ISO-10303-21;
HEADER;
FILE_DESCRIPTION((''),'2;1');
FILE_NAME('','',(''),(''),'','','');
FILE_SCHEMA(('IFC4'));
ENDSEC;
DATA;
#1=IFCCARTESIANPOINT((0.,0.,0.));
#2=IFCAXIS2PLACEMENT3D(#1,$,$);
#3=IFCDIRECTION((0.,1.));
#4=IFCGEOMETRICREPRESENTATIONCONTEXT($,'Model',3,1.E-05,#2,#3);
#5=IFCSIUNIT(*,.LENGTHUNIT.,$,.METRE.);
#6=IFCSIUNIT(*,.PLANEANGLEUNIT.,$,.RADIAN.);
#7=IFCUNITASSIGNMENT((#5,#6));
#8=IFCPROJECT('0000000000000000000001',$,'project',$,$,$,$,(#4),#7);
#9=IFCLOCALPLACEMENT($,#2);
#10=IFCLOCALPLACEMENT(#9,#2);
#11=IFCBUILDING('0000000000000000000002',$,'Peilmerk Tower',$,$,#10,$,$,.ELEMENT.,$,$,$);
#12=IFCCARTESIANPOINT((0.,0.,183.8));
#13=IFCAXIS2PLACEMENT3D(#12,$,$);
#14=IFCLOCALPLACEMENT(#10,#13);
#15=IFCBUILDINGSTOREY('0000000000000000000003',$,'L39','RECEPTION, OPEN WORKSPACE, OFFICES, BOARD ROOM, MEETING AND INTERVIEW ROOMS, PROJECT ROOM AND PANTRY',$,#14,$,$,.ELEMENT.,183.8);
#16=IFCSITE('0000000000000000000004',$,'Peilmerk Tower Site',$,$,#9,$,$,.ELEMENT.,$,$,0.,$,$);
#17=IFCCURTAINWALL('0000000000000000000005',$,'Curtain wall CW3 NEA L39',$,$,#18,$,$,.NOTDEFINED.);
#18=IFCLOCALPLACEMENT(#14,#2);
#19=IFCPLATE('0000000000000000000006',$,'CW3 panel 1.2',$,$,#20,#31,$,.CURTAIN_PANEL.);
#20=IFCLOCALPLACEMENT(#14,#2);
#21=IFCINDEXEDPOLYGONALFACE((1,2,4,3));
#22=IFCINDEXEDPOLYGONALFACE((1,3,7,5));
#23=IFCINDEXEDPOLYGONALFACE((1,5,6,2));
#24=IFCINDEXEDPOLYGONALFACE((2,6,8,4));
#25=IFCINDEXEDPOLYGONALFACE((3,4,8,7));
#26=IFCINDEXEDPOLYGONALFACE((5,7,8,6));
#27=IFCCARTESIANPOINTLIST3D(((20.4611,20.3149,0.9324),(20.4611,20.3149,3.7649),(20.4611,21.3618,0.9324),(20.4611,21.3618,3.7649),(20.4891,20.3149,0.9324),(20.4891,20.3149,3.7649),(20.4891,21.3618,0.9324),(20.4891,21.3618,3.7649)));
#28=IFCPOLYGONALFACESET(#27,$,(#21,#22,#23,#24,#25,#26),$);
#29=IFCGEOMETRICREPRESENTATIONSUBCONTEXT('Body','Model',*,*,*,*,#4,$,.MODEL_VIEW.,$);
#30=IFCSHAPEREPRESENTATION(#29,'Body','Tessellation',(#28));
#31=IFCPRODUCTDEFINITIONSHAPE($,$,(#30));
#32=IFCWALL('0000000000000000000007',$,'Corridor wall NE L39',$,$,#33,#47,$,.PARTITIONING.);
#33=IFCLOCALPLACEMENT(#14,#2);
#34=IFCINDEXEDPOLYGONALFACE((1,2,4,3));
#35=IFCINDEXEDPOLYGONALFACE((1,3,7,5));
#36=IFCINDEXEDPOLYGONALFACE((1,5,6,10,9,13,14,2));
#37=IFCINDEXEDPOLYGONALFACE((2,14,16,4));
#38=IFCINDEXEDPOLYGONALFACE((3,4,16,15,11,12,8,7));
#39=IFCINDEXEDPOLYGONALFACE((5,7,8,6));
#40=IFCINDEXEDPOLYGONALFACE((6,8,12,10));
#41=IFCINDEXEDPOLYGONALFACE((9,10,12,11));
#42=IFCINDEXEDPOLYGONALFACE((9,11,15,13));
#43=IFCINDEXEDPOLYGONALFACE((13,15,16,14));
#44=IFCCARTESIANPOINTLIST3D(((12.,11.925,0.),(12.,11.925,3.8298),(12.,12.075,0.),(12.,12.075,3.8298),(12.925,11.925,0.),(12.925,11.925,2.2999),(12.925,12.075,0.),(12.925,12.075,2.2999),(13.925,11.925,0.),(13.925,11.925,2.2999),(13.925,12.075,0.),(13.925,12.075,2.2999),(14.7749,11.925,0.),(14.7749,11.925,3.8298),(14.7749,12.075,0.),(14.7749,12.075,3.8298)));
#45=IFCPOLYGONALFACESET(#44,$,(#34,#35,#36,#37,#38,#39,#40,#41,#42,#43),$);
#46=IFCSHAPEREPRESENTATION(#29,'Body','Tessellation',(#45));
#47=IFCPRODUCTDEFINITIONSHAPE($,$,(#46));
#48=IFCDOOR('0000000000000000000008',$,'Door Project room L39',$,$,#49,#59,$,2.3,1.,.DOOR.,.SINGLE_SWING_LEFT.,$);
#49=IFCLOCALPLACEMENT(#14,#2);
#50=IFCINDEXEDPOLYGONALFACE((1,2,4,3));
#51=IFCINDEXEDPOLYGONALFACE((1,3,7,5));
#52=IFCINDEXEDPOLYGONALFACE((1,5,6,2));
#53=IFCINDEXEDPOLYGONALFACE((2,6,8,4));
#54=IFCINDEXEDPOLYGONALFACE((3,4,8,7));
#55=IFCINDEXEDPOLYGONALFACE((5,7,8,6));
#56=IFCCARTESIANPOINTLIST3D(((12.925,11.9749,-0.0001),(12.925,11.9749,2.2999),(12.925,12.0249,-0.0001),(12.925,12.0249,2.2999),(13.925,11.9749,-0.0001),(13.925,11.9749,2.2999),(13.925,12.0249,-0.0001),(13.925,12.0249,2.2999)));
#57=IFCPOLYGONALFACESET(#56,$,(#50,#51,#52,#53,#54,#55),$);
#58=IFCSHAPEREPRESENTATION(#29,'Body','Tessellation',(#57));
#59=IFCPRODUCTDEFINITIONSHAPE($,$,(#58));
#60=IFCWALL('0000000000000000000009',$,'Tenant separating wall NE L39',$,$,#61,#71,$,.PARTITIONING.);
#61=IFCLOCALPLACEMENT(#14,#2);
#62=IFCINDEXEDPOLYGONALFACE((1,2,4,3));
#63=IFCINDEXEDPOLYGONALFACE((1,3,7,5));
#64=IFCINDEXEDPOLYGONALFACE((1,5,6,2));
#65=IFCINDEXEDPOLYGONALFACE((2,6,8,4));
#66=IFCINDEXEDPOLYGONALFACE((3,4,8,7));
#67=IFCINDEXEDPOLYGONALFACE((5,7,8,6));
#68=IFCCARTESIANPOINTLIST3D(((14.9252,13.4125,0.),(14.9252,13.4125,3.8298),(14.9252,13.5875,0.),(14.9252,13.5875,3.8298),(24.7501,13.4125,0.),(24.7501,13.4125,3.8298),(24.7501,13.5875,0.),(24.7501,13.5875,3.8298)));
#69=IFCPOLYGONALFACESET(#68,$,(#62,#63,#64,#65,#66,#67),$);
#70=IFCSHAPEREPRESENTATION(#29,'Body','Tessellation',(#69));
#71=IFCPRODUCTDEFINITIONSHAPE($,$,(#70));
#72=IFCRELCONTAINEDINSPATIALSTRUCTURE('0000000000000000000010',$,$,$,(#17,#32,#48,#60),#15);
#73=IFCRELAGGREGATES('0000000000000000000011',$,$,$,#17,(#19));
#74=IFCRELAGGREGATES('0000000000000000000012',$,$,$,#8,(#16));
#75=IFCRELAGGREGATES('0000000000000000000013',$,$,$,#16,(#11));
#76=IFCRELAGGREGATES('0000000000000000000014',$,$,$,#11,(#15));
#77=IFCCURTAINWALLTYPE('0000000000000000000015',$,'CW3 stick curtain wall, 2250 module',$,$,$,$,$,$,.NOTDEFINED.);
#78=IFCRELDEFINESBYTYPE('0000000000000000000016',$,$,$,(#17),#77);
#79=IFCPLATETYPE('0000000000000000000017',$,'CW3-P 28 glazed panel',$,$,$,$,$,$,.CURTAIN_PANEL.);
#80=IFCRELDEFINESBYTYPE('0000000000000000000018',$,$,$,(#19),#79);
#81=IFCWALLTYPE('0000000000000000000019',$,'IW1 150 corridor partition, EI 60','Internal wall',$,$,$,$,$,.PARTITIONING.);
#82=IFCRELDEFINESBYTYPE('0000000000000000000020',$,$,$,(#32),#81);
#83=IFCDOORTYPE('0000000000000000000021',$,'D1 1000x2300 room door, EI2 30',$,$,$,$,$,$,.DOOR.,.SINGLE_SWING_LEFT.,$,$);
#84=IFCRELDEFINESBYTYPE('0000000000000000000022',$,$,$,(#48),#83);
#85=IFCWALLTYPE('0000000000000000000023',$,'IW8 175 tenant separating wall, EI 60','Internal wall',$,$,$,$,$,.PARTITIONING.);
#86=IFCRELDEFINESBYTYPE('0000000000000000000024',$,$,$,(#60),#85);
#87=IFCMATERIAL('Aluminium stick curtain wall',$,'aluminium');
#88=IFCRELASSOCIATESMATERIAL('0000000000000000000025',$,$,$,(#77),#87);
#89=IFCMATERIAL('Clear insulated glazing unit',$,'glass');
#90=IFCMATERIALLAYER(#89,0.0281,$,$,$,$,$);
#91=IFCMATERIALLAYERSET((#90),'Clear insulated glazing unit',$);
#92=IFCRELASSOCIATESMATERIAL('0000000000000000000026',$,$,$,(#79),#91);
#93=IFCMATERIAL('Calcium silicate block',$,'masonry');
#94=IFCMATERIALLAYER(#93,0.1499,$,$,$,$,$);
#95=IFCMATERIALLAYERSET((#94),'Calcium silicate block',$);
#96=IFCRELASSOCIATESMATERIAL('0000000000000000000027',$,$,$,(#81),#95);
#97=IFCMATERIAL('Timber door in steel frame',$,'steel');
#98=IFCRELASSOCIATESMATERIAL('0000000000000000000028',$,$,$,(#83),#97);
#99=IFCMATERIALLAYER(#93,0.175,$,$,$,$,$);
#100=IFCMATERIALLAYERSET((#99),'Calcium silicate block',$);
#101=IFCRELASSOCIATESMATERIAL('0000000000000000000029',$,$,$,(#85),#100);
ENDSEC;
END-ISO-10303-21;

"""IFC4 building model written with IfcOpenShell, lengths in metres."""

from ifc_helpers import new_model, si_unit, direction, frame, frame_2d, origin, origin_2d, place, context, subcontext, project, spatial, rectangle, extrude, material, layer, layer_set, type_object, element, fill, aggregate, save


model = new_model("IFC4")

# Units and contexts
model_context = context("Model", 3, precision=1e-05, world=origin(), true_north=direction((0.0, 1.0)))
body_context = subcontext(model_context, "Body", "Model", "MODEL_VIEW")
ifc_project = project(units=[si_unit("LENGTHUNIT", "METRE"), si_unit("PLANEANGLEUNIT", "RADIAN")], contexts=[model_context])

# Site, building, storey
site_placement = place(None, origin())
site = spatial("IfcSite", under=ifc_project, at=site_placement, Name="Peilmerk Tower Site", CompositionType="ELEMENT", RefElevation=0.0)
building_placement = place(site_placement, origin())
building = spatial("IfcBuilding", under=site, at=building_placement, Name="Peilmerk Tower", CompositionType="ELEMENT")
storey_placement = place(building_placement, frame((0.0, 0.0, 183.8)))
storey = spatial("IfcBuildingStorey", under=building, at=storey_placement, Name="L39", Description="RECEPTION, OPEN WORKSPACE, OFFICES, BOARD ROOM, MEETING AND INTERVIEW ROOMS, PROJECT ROOM AND PANTRY", CompositionType="ELEMENT", Elevation=183.8)

# Curtain wall, plate
ifc_material_1 = material(Name="Aluminium stick curtain wall", Category="aluminium")
curtain_wall_type = type_object("IfcCurtainWallType", Name="CW3 stick curtain wall, 2250 module", PredefinedType="NOTDEFINED", material=ifc_material_1)
curtain_wall_placement = place(storey_placement, origin())
curtain_wall = element("IfcCurtainWall", 1, at=curtain_wall_placement, inside=storey, type_object=curtain_wall_type, Name="Curtain wall CW3 NEA L39", PredefinedType="NOTDEFINED")
ifc_material_2 = material(Name="Clear insulated glazing unit", Category="glass")
ifc_layer_1 = layer(ifc_material_2, 0.0281)
ifc_layer_set_1 = layer_set([ifc_layer_1], Name="Clear insulated glazing unit")
plate_type = type_object("IfcPlateType", Name="CW3-P 28 glazed panel", PredefinedType="CURTAIN_PANEL", material=ifc_layer_set_1)
plate_1_placement = place(storey_placement, frame((20.4751, 20.8384, 0.9324), z_axis=(0.0, 0.0, 1.0), x_axis=(0.0, 1.0, 0.0)))
plate_1 = element("IfcPlate", 2, at=plate_1_placement, type_object=plate_type, Name="CW3 panel 1.2", PredefinedType="CURTAIN_PANEL", context=body_context, shape_type="SweptSolid", body=[
    extrude(rectangle(XDim=1.0469, YDim=0.0281, at=origin_2d()), origin(), (0.0, 0.0, 1.0), 2.8325),
])
aggregate(curtain_wall, [plate_1])

# Wall, opening, door
ifc_material_3 = material(Name="Calcium silicate block", Category="masonry")
ifc_layer_2 = layer(ifc_material_3, 0.1499)
ifc_layer_set_2 = layer_set([ifc_layer_2], Name="Calcium silicate block")
wall_type_1 = type_object("IfcWallType", Name="IW1 150 corridor partition, EI 60", Description="Internal wall", PredefinedType="PARTITIONING", material=ifc_layer_set_2)
wall_1_placement = place(storey_placement, frame((12.0, 12.0, 0.0), z_axis=(0.0, 0.0, 1.0), x_axis=(1.0, 0.0, 0.0)))
wall_1 = element("IfcWall", 3, at=wall_1_placement, inside=storey, type_object=wall_type_1, Name="Corridor wall NE L39", PredefinedType="PARTITIONING", context=body_context, shape_type="SweptSolid", body=[
    extrude(rectangle(XDim=2.7749, YDim=0.1499, at=frame_2d((1.3875, 0.0))), origin(), (0.0, 0.0, 1.0), 3.8298),
])
opening_placement = place(wall_1_placement, frame((0.925, 0.0, 0.0)))
opening = element("IfcOpeningElement", 4, at=opening_placement, cuts=wall_1, PredefinedType="OPENING", context=body_context, shape_type="SweptSolid", body=[
    extrude(rectangle(XDim=1.0, YDim=2.3, at=frame_2d((0.5, 1.1499))), frame((0.0, 0.085, 0.0), z_axis=(0.0, -1.0, 0.0), x_axis=(1.0, 0.0, 0.0)), (0.0, 0.0, 1.0), 0.1699),
])
ifc_material_4 = material(Name="Timber door in steel frame", Category="steel")
door_type = type_object("IfcDoorType", Name="D1 1000x2300 room door, EI2 30", OperationType="SINGLE_SWING_LEFT", PredefinedType="DOOR", material=ifc_material_4)
door_placement = place(opening_placement, origin())
door = element("IfcDoor", 5, at=door_placement, inside=storey, type_object=door_type, Name="Door Project room L39", OperationType="SINGLE_SWING_LEFT", OverallHeight=2.3, OverallWidth=1.0, PredefinedType="DOOR", context=body_context, shape_type="SweptSolid", body=[
    extrude(rectangle(XDim=1.0, YDim=2.3, at=frame_2d((0.5, 1.1499))), frame((0.0, 0.0249, 0.0), z_axis=(0.0, -1.0, 0.0), x_axis=(1.0, 0.0, 0.0)), (0.0, 0.0, 1.0), 0.05),
])
fill(opening, door)

# Wall
ifc_layer_3 = layer(ifc_material_3, 0.175)
ifc_layer_set_3 = layer_set([ifc_layer_3], Name="Calcium silicate block")
wall_type_2 = type_object("IfcWallType", Name="IW8 175 tenant separating wall, EI 60", Description="Internal wall", PredefinedType="PARTITIONING", material=ifc_layer_set_3)
wall_2_placement = place(storey_placement, frame((14.925, 13.5, 0.0), z_axis=(0.0, 0.0, 1.0), x_axis=(1.0, 0.0, 0.0)))
element("IfcWall", 6, at=wall_2_placement, inside=storey, type_object=wall_type_2, Name="Tenant separating wall NE L39", PredefinedType="PARTITIONING", context=body_context, shape_type="SweptSolid", body=[
    extrude(rectangle(XDim=9.825, YDim=0.175, at=frame_2d((4.9126, 0.0))), origin(), (0.0, 0.0, 1.0), 3.8298),
])

save(model, "model.ifc")
